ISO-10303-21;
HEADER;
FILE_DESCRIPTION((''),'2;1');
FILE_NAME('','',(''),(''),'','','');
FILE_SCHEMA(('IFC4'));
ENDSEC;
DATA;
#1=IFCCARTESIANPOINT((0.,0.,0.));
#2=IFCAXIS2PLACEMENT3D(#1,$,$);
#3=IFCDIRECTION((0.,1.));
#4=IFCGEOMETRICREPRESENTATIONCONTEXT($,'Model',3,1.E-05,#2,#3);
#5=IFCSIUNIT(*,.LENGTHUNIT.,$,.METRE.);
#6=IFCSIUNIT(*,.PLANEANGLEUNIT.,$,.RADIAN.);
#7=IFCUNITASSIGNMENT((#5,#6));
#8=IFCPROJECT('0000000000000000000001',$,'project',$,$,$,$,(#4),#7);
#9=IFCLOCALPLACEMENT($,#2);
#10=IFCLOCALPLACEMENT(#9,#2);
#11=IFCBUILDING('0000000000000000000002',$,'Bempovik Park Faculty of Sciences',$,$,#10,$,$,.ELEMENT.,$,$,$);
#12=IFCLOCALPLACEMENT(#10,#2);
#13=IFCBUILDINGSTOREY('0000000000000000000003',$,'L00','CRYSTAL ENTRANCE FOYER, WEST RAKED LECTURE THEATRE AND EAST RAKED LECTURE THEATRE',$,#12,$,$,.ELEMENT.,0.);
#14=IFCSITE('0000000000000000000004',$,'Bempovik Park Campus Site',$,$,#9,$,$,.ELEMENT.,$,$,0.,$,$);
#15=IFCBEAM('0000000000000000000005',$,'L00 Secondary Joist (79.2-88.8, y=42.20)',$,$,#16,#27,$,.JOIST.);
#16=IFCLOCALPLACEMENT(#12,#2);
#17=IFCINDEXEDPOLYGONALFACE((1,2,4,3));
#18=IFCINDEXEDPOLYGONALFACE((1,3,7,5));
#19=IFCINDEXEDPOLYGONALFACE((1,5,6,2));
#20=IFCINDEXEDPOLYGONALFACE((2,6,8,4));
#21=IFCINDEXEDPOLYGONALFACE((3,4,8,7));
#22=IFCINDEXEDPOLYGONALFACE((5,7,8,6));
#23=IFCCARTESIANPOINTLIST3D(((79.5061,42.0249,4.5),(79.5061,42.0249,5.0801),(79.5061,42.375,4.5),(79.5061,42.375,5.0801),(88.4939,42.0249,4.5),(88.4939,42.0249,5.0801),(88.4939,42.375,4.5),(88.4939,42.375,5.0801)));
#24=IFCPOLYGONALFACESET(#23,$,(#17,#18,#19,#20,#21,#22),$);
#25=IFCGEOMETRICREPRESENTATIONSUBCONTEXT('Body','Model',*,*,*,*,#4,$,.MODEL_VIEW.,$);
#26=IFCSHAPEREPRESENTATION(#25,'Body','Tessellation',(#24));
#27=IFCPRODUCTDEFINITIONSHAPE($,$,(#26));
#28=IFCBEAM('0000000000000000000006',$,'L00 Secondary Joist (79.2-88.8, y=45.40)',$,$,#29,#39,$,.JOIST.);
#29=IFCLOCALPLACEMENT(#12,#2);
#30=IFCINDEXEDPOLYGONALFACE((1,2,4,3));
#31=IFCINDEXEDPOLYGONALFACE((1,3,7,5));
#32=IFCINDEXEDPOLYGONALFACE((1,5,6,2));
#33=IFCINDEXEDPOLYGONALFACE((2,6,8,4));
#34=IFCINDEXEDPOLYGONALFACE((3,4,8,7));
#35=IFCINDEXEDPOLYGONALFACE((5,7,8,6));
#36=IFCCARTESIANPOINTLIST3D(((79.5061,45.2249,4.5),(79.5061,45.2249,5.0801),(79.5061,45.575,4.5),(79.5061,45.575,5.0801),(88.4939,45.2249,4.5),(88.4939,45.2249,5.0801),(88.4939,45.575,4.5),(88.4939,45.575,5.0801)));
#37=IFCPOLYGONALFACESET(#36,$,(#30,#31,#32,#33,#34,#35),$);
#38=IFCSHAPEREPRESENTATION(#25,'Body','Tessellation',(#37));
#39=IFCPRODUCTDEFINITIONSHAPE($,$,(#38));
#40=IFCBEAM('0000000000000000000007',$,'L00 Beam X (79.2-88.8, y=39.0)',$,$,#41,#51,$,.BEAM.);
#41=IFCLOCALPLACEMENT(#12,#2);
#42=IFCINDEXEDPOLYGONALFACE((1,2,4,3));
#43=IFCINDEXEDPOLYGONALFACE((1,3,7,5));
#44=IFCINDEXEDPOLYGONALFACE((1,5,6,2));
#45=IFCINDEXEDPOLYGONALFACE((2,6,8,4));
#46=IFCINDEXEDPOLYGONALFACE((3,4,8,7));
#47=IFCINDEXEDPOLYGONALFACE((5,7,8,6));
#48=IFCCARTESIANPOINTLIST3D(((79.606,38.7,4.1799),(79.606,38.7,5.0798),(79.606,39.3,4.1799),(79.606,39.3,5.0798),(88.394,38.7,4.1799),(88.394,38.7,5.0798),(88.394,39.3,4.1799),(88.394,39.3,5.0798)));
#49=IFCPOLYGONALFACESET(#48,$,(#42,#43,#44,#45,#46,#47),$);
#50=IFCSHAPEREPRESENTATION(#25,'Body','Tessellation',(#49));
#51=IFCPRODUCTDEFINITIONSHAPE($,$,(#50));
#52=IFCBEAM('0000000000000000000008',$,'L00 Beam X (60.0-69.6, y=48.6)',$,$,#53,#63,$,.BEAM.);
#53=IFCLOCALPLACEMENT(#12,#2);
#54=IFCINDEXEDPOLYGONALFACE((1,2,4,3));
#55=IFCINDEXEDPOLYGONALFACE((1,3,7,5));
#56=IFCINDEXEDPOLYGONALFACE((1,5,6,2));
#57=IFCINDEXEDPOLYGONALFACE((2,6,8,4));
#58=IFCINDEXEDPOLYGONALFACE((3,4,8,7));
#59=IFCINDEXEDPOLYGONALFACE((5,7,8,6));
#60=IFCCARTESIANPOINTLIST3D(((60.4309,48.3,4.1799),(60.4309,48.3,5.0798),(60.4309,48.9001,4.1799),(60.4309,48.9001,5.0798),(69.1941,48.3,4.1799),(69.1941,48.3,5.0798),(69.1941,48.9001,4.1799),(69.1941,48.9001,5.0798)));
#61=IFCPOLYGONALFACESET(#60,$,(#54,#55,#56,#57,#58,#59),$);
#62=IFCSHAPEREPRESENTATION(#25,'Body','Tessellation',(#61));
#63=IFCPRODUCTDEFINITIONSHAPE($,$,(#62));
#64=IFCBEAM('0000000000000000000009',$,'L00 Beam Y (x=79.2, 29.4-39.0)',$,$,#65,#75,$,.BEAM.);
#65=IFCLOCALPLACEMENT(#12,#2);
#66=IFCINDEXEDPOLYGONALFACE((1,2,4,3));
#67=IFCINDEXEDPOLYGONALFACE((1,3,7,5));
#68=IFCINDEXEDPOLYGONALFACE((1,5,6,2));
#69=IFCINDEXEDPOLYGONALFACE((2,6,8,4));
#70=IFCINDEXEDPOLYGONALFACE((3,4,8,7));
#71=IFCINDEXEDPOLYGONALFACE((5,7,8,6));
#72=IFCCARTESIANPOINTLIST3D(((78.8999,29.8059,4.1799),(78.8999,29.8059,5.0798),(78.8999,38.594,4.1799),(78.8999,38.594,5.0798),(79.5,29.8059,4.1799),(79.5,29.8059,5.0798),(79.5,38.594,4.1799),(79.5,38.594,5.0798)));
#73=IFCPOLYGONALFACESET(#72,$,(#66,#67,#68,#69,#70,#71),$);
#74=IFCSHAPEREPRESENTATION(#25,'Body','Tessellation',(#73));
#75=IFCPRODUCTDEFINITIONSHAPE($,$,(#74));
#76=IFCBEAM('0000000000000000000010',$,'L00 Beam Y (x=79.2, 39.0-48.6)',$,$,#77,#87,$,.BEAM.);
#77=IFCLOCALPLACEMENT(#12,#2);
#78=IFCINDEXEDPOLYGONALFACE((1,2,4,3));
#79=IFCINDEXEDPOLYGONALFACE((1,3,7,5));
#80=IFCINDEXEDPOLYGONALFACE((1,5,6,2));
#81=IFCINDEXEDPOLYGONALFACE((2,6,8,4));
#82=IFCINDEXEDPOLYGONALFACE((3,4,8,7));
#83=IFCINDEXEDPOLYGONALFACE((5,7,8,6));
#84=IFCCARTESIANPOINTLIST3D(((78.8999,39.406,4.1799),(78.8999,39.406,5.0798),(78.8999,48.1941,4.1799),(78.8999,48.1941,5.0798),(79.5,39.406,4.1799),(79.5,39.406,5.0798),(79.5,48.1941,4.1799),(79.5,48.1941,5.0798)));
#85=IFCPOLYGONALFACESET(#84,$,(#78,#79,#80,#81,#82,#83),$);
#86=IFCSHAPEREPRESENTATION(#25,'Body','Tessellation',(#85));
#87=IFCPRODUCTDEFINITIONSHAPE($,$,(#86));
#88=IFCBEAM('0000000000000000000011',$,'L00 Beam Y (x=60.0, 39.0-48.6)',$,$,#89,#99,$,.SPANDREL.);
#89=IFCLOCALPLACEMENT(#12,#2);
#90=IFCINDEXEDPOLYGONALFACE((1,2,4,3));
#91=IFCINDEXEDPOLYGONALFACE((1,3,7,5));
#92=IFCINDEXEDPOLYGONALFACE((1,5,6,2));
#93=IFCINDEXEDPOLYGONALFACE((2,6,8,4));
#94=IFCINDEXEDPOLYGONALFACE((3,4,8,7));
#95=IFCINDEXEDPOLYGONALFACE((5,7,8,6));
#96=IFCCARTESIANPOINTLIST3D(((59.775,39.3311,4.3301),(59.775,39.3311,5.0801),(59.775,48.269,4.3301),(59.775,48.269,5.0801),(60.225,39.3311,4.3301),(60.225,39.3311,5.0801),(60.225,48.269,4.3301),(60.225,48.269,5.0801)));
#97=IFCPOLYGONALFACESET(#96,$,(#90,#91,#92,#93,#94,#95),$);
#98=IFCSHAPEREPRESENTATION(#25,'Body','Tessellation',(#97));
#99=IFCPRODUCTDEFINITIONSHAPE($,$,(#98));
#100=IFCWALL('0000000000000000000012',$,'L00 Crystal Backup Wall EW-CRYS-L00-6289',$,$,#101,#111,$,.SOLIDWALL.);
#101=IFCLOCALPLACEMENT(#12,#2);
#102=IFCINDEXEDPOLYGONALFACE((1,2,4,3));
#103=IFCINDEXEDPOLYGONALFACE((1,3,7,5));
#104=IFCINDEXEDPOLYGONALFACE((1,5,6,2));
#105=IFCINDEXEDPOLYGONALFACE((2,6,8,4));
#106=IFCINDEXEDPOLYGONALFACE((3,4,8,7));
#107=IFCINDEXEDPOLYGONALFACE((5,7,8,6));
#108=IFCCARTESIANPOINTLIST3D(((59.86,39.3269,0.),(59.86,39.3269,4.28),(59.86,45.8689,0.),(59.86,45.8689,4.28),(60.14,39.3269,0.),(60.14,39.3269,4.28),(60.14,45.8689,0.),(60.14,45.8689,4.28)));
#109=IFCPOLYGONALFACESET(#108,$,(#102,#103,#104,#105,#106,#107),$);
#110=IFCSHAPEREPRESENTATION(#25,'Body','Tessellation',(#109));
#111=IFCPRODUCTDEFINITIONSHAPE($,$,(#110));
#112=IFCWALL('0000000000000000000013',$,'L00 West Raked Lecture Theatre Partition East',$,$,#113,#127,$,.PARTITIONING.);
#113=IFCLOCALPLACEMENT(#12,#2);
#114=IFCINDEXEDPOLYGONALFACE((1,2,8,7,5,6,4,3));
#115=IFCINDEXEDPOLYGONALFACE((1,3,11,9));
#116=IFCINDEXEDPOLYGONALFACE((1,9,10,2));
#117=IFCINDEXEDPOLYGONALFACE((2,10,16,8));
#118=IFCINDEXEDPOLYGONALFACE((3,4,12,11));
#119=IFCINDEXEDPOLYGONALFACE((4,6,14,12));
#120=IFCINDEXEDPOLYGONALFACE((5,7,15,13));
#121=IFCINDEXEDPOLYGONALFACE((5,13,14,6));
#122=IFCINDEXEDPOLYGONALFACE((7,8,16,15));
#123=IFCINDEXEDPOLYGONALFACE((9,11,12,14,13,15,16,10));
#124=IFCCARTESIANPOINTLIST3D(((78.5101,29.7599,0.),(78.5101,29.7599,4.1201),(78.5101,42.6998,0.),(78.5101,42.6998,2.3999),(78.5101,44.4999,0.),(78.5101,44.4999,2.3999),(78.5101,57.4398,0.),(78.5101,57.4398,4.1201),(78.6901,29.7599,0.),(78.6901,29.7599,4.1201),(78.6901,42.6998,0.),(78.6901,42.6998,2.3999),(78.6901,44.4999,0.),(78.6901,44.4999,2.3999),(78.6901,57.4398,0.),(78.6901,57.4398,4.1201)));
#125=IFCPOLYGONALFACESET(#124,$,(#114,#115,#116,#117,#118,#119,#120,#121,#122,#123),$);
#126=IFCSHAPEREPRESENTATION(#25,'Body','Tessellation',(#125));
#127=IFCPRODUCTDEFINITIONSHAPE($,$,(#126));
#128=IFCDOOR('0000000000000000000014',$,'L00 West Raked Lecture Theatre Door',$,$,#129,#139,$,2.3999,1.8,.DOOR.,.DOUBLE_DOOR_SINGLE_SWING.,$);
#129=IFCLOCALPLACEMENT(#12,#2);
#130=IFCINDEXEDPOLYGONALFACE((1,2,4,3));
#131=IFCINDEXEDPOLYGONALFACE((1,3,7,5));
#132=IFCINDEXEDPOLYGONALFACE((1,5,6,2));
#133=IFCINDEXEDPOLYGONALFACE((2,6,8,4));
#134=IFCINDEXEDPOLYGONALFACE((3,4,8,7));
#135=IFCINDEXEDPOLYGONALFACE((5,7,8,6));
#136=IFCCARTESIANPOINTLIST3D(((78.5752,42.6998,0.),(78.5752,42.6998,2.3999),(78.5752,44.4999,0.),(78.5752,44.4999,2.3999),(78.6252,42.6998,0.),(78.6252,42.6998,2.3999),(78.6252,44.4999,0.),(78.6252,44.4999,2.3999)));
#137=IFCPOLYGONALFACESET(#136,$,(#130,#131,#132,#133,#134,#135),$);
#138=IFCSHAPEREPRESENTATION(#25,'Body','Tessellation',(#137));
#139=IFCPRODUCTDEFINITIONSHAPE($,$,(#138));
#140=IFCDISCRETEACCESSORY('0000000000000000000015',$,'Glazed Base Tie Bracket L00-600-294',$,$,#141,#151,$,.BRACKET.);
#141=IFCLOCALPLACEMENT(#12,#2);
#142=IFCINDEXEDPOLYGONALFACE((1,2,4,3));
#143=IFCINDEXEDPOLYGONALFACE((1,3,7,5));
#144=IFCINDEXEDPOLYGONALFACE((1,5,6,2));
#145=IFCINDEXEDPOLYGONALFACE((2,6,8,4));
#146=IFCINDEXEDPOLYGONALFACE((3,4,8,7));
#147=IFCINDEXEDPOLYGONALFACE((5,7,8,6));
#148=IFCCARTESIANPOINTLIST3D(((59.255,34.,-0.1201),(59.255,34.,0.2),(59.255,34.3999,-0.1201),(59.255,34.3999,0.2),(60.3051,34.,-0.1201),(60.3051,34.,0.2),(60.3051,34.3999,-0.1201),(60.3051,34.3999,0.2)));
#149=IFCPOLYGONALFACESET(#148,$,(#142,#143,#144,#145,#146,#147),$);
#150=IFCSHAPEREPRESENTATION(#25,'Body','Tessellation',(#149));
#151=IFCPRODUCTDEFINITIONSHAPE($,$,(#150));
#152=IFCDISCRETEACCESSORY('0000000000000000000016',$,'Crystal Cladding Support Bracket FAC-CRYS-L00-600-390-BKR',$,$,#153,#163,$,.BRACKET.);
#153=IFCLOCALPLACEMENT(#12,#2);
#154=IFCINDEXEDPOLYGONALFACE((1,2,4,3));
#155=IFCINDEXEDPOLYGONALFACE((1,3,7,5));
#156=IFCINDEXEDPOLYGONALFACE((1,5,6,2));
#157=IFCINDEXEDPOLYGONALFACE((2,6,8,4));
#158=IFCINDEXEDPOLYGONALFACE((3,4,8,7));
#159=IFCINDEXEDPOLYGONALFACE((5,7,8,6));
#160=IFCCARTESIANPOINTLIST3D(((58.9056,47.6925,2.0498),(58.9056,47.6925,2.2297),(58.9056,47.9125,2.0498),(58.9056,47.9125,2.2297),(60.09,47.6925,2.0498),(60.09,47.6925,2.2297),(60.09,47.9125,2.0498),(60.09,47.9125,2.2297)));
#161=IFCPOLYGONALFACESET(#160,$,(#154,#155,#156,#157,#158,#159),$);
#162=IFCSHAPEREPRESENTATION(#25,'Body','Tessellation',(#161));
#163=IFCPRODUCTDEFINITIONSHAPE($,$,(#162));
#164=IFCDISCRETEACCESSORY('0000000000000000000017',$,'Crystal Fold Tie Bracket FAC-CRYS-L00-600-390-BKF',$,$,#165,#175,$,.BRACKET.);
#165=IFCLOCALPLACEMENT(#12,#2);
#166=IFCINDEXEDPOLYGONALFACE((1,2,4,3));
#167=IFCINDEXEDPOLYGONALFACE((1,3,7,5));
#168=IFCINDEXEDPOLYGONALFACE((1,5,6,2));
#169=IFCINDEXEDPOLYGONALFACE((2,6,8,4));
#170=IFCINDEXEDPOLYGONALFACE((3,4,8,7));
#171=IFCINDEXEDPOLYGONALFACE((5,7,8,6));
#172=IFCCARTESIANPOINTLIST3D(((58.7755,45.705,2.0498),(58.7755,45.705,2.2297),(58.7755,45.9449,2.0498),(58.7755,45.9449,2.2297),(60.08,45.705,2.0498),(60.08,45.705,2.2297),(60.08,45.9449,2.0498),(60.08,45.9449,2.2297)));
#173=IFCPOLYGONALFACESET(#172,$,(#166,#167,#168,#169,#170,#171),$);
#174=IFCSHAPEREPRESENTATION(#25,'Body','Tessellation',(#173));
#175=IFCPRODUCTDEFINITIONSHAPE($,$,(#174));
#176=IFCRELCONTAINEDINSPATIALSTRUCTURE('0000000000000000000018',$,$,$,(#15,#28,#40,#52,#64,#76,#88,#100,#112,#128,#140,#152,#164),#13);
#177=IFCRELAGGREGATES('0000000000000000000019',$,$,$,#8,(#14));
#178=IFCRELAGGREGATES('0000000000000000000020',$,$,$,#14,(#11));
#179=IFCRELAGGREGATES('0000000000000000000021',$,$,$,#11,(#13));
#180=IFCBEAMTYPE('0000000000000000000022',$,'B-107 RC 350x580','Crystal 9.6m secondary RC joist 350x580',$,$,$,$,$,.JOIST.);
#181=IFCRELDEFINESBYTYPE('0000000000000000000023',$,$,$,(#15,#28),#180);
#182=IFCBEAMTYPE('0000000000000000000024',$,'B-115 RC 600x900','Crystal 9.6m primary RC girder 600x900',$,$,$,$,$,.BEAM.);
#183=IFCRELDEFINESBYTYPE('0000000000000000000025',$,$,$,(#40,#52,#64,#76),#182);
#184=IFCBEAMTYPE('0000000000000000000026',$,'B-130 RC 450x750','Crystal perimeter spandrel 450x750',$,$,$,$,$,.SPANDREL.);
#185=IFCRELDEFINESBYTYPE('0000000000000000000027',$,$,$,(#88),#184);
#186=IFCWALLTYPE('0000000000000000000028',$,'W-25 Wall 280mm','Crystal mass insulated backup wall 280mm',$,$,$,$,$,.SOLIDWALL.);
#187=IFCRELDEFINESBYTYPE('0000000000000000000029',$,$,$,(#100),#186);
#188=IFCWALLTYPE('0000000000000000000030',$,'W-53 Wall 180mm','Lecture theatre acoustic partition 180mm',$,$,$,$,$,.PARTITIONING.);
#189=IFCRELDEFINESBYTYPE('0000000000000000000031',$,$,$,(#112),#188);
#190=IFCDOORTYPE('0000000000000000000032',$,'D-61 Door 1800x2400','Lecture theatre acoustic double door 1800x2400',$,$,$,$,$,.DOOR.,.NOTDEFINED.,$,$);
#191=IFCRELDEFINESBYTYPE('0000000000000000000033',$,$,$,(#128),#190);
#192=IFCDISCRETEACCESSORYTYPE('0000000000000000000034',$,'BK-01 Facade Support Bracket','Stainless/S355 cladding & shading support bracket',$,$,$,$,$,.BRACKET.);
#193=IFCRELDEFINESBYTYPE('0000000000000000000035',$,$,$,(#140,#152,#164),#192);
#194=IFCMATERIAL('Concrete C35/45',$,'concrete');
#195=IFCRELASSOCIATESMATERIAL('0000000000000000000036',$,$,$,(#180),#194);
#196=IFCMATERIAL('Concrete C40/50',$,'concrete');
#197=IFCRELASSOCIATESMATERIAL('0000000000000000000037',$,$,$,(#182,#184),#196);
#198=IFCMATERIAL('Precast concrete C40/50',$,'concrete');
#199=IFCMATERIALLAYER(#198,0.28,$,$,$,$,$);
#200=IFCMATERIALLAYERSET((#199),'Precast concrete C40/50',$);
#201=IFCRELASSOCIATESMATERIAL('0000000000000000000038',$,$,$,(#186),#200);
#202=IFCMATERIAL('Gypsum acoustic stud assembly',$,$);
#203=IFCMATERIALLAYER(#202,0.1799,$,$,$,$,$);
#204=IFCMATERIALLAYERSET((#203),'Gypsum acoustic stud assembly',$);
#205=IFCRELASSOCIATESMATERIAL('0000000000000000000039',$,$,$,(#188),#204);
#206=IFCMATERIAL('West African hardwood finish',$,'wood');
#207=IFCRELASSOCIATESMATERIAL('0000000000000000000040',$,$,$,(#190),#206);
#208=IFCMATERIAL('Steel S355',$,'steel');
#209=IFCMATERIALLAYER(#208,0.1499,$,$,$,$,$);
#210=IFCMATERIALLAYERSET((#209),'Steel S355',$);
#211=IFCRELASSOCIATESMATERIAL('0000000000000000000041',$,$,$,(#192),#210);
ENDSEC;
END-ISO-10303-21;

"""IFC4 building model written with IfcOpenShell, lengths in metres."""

from ifc_helpers import new_model, si_unit, direction, frame, frame_2d, origin, origin_2d, place, context, subcontext, project, spatial, rectangle, extrude, material, layer, layer_set, material_profile, profile_set, type_object, element, fill, save


model = new_model("IFC4")

# Units and contexts
model_context = context("Model", 3, precision=1e-05, world=origin(), true_north=direction((0.0, 1.0)))
body_context = subcontext(model_context, "Body", "Model", "MODEL_VIEW")
ifc_project = project(units=[si_unit("LENGTHUNIT", "METRE"), si_unit("PLANEANGLEUNIT", "RADIAN")], contexts=[model_context])

# Site, building, storey
site_placement = place(None, origin())
site = spatial("IfcSite", under=ifc_project, at=site_placement, Name="Bempovik Park Campus Site", CompositionType="ELEMENT", RefElevation=0.0)
building_placement = place(site_placement, origin())
building = spatial("IfcBuilding", under=site, at=building_placement, Name="Bempovik Park Faculty of Sciences", CompositionType="ELEMENT")
storey_placement = place(building_placement, origin())
storey = spatial("IfcBuildingStorey", under=building, at=storey_placement, Name="L00", Description="CRYSTAL ENTRANCE FOYER, WEST RAKED LECTURE THEATRE AND EAST RAKED LECTURE THEATRE", CompositionType="ELEMENT", Elevation=0.0)

# Shared definitions
ifc_material_1 = material(Name="Concrete C35/45", Category="concrete")

# Shared definitions
ifc_material_2 = material(Name="Concrete C40/50", Category="concrete")

# Beams
ifc_material_profile_1 = material_profile(ifc_material_1, rectangle(XDim=0.3501, YDim=0.5801, at=origin_2d()), Name="RC 350x580")
ifc_profile_set_1 = profile_set([ifc_material_profile_1], Name="Concrete C35/45")
beam_type_1 = type_object("IfcBeamType", Name="B-107 RC 350x580", Description="Crystal 9.6m secondary RC joist 350x580", PredefinedType="JOIST", material=ifc_profile_set_1)
for number, where, z_axis, x_axis, name in (
    (1, (79.5061, 42.2, 4.79), (1.0, 0.0, 0.0), (0.0, 1.0, 0.0), "L00 Secondary Joist (79.2-88.8, y=42.20)"),
    (2, (79.5061, 45.3999, 4.79), (1.0, 0.0, 0.0), (0.0, 1.0, 0.0), "L00 Secondary Joist (79.2-88.8, y=45.40)"),
):
    element("IfcBeam", number, at=place(storey_placement, frame(where, z_axis=z_axis, x_axis=x_axis)), inside=storey, type_object=beam_type_1, Name=name, PredefinedType="JOIST", context=body_context, shape_type="SweptSolid", body=[
        extrude(rectangle(XDim=0.3501, YDim=0.5801, at=origin_2d()), origin(), (0.0, 0.0, 1.0), 8.9878),
    ])
ifc_material_profile_2 = material_profile(ifc_material_2, rectangle(XDim=0.6001, YDim=0.8999, at=origin_2d()), Name="RC 600x900")
ifc_profile_set_2 = profile_set([ifc_material_profile_2], Name="Concrete C40/50")
beam_type_2 = type_object("IfcBeamType", Name="B-115 RC 600x900", Description="Crystal 9.6m primary RC girder 600x900", PredefinedType="BEAM", material=ifc_profile_set_2)
beam_1_placement = place(storey_placement, frame((79.606, 39.0, 4.6299), z_axis=(1.0, 0.0, 0.0), x_axis=(0.0, 1.0, 0.0)))
element("IfcBeam", 3, at=beam_1_placement, inside=storey, type_object=beam_type_2, Name="L00 Beam X (79.2-88.8, y=39.0)", PredefinedType="BEAM", context=body_context, shape_type="SweptSolid", body=[
    extrude(rectangle(XDim=0.6001, YDim=0.8999, at=origin_2d()), origin(), (0.0, 0.0, 1.0), 8.7881),
])
beam_2_placement = place(storey_placement, frame((60.4309, 48.6001, 4.6299), z_axis=(1.0, 0.0, 0.0), x_axis=(0.0, 1.0, 0.0)))
element("IfcBeam", 4, at=beam_2_placement, inside=storey, type_object=beam_type_2, Name="L00 Beam X (60.0-69.6, y=48.6)", PredefinedType="BEAM", context=body_context, shape_type="SweptSolid", body=[
    extrude(rectangle(XDim=0.6001, YDim=0.8999, at=origin_2d()), origin(), (0.0, 0.0, 1.0), 8.7632),
])
for number, where, z_axis, x_axis, name in (
    (5, (79.2, 29.8059, 4.6299), (0.0, 1.0, 0.0), (-1.0, 0.0, 0.0), "L00 Beam Y (x=79.2, 29.4-39.0)"),
    (6, (79.2, 39.406, 4.6299), (0.0, 1.0, 0.0), (-1.0, 0.0, 0.0), "L00 Beam Y (x=79.2, 39.0-48.6)"),
):
    element("IfcBeam", number, at=place(storey_placement, frame(where, z_axis=z_axis, x_axis=x_axis)), inside=storey, type_object=beam_type_2, Name=name, PredefinedType="BEAM", context=body_context, shape_type="SweptSolid", body=[
        extrude(rectangle(XDim=0.6001, YDim=0.8999, at=origin_2d()), origin(), (0.0, 0.0, 1.0), 8.7881),
    ])
ifc_material_profile_3 = material_profile(ifc_material_2, rectangle(XDim=0.45, YDim=0.75, at=origin_2d()), Name="RC 450x750")
ifc_profile_set_3 = profile_set([ifc_material_profile_3], Name="Concrete C40/50")
beam_type_3 = type_object("IfcBeamType", Name="B-130 RC 450x750", Description="Crystal perimeter spandrel 450x750", PredefinedType="SPANDREL", material=ifc_profile_set_3)
beam_3_placement = place(storey_placement, frame((60.0, 39.3311, 4.7051), z_axis=(0.0, 1.0, 0.0), x_axis=(-1.0, 0.0, 0.0)))
element("IfcBeam", 7, at=beam_3_placement, inside=storey, type_object=beam_type_3, Name="L00 Beam Y (x=60.0, 39.0-48.6)", PredefinedType="SPANDREL", context=body_context, shape_type="SweptSolid", body=[
    extrude(rectangle(XDim=0.45, YDim=0.75, at=origin_2d()), origin(), (0.0, 0.0, 1.0), 8.938),
])

# Wall
ifc_material_3 = material(Name="Precast concrete C40/50", Category="concrete")
ifc_layer_1 = layer(ifc_material_3, 0.28)
ifc_layer_set_1 = layer_set([ifc_layer_1], Name="Precast concrete C40/50")
wall_type_1 = type_object("IfcWallType", Name="W-25 Wall 280mm", Description="Crystal mass insulated backup wall 280mm", PredefinedType="SOLIDWALL", material=ifc_layer_set_1)
wall_1_placement = place(storey_placement, frame((60.0, 39.3269, 0.0), z_axis=(0.0, 0.0, 1.0), x_axis=(0.0, 1.0, 0.0)))
element("IfcWall", 8, at=wall_1_placement, inside=storey, type_object=wall_type_1, Name="L00 Crystal Backup Wall EW-CRYS-L00-6289", PredefinedType="SOLIDWALL", context=body_context, shape_type="SweptSolid", body=[
    extrude(rectangle(XDim=6.542, YDim=0.28, at=frame_2d((3.271, 0.0))), origin(), (0.0, 0.0, 1.0), 4.28),
])

# Wall, opening, door
ifc_material_4 = material(Name="Gypsum acoustic stud assembly")
ifc_layer_2 = layer(ifc_material_4, 0.1799)
ifc_layer_set_2 = layer_set([ifc_layer_2], Name="Gypsum acoustic stud assembly")
wall_type_2 = type_object("IfcWallType", Name="W-53 Wall 180mm", Description="Lecture theatre acoustic partition 180mm", PredefinedType="PARTITIONING", material=ifc_layer_set_2)
wall_2_placement = place(storey_placement, frame((78.6001, 29.76, 0.0), z_axis=(0.0, 0.0, 1.0), x_axis=(0.0, 1.0, 0.0)))
wall_2 = element("IfcWall", 9, at=wall_2_placement, inside=storey, type_object=wall_type_2, Name="L00 West Raked Lecture Theatre Partition East", PredefinedType="PARTITIONING", context=body_context, shape_type="SweptSolid", body=[
    extrude(rectangle(XDim=27.6799, YDim=0.1799, at=frame_2d((13.8398, 0.0))), origin(), (0.0, 0.0, 1.0), 4.1201),
])
opening_placement = place(wall_2_placement, frame((12.9399, 0.0, 0.0)))
opening = element("IfcOpeningElement", 10, at=opening_placement, cuts=wall_2, PredefinedType="OPENING", context=body_context, shape_type="SweptSolid", body=[
    extrude(rectangle(XDim=1.8, YDim=2.3999, at=frame_2d((0.8999, 1.2))), frame((0.0, 0.1001, 0.0), z_axis=(0.0, -1.0, 0.0), x_axis=(1.0, 0.0, 0.0)), (0.0, 0.0, 1.0), 0.2),
])
ifc_material_5 = material(Name="West African hardwood finish", Category="wood")
door_type = type_object("IfcDoorType", Name="D-61 Door 1800x2400", Description="Lecture theatre acoustic double door 1800x2400", OperationType="NOTDEFINED", PredefinedType="DOOR", material=ifc_material_5)
door_placement = place(opening_placement, origin())
door = element("IfcDoor", 11, at=door_placement, inside=storey, type_object=door_type, Name="L00 West Raked Lecture Theatre Door", OperationType="DOUBLE_DOOR_SINGLE_SWING", OverallHeight=2.3999, OverallWidth=1.8, PredefinedType="DOOR", context=body_context, shape_type="SweptSolid", body=[
    extrude(rectangle(XDim=1.8, YDim=2.3999, at=frame_2d((0.8999, 1.2))), frame((0.0, 0.0249, 0.0), z_axis=(0.0, -1.0, 0.0), x_axis=(1.0, 0.0, 0.0)), (0.0, 0.0, 1.0), 0.05),
])
fill(opening, door)

# Discrete accessories
ifc_material_6 = material(Name="Steel S355", Category="steel")
ifc_layer_3 = layer(ifc_material_6, 0.1499)
ifc_layer_set_3 = layer_set([ifc_layer_3], Name="Steel S355")
discrete_accessory_type = type_object("IfcDiscreteAccessoryType", Name="BK-01 Facade Support Bracket", Description="Stainless/S355 cladding & shading support bracket", PredefinedType="BRACKET", material=ifc_layer_set_3)
discrete_accessory_1_placement = place(storey_placement, frame((59.78, 34.2, -0.1201), z_axis=(0.0, 0.0, 1.0), x_axis=(1.0, 0.0, 0.0)))
element("IfcDiscreteAccessory", 12, at=discrete_accessory_1_placement, inside=storey, type_object=discrete_accessory_type, Name="Glazed Base Tie Bracket L00-600-294", PredefinedType="BRACKET", context=body_context, shape_type="SweptSolid", body=[
    extrude(rectangle(XDim=1.05, YDim=0.3999, at=origin_2d()), origin(), (0.0, 0.0, 1.0), 0.3201),
])
discrete_accessory_2_placement = place(storey_placement, frame((59.4978, 47.8025, 2.0498), z_axis=(0.0, 0.0, 1.0), x_axis=(1.0, 0.0, 0.0)))
element("IfcDiscreteAccessory", 13, at=discrete_accessory_2_placement, inside=storey, type_object=discrete_accessory_type, Name="Crystal Cladding Support Bracket FAC-CRYS-L00-600-390-BKR", PredefinedType="BRACKET", context=body_context, shape_type="SweptSolid", body=[
    extrude(rectangle(XDim=1.1843, YDim=0.22, at=origin_2d()), origin(), (0.0, 0.0, 1.0), 0.1799),
])
discrete_accessory_3_placement = place(storey_placement, frame((59.4277, 45.825, 2.0498), z_axis=(0.0, 0.0, 1.0), x_axis=(1.0, 0.0, 0.0)))
element("IfcDiscreteAccessory", 14, at=discrete_accessory_3_placement, inside=storey, type_object=discrete_accessory_type, Name="Crystal Fold Tie Bracket FAC-CRYS-L00-600-390-BKF", PredefinedType="BRACKET", context=body_context, shape_type="SweptSolid", body=[
    extrude(rectangle(XDim=1.3044, YDim=0.24, at=origin_2d()), origin(), (0.0, 0.0, 1.0), 0.1799),
])

save(model, "model.ifc")
